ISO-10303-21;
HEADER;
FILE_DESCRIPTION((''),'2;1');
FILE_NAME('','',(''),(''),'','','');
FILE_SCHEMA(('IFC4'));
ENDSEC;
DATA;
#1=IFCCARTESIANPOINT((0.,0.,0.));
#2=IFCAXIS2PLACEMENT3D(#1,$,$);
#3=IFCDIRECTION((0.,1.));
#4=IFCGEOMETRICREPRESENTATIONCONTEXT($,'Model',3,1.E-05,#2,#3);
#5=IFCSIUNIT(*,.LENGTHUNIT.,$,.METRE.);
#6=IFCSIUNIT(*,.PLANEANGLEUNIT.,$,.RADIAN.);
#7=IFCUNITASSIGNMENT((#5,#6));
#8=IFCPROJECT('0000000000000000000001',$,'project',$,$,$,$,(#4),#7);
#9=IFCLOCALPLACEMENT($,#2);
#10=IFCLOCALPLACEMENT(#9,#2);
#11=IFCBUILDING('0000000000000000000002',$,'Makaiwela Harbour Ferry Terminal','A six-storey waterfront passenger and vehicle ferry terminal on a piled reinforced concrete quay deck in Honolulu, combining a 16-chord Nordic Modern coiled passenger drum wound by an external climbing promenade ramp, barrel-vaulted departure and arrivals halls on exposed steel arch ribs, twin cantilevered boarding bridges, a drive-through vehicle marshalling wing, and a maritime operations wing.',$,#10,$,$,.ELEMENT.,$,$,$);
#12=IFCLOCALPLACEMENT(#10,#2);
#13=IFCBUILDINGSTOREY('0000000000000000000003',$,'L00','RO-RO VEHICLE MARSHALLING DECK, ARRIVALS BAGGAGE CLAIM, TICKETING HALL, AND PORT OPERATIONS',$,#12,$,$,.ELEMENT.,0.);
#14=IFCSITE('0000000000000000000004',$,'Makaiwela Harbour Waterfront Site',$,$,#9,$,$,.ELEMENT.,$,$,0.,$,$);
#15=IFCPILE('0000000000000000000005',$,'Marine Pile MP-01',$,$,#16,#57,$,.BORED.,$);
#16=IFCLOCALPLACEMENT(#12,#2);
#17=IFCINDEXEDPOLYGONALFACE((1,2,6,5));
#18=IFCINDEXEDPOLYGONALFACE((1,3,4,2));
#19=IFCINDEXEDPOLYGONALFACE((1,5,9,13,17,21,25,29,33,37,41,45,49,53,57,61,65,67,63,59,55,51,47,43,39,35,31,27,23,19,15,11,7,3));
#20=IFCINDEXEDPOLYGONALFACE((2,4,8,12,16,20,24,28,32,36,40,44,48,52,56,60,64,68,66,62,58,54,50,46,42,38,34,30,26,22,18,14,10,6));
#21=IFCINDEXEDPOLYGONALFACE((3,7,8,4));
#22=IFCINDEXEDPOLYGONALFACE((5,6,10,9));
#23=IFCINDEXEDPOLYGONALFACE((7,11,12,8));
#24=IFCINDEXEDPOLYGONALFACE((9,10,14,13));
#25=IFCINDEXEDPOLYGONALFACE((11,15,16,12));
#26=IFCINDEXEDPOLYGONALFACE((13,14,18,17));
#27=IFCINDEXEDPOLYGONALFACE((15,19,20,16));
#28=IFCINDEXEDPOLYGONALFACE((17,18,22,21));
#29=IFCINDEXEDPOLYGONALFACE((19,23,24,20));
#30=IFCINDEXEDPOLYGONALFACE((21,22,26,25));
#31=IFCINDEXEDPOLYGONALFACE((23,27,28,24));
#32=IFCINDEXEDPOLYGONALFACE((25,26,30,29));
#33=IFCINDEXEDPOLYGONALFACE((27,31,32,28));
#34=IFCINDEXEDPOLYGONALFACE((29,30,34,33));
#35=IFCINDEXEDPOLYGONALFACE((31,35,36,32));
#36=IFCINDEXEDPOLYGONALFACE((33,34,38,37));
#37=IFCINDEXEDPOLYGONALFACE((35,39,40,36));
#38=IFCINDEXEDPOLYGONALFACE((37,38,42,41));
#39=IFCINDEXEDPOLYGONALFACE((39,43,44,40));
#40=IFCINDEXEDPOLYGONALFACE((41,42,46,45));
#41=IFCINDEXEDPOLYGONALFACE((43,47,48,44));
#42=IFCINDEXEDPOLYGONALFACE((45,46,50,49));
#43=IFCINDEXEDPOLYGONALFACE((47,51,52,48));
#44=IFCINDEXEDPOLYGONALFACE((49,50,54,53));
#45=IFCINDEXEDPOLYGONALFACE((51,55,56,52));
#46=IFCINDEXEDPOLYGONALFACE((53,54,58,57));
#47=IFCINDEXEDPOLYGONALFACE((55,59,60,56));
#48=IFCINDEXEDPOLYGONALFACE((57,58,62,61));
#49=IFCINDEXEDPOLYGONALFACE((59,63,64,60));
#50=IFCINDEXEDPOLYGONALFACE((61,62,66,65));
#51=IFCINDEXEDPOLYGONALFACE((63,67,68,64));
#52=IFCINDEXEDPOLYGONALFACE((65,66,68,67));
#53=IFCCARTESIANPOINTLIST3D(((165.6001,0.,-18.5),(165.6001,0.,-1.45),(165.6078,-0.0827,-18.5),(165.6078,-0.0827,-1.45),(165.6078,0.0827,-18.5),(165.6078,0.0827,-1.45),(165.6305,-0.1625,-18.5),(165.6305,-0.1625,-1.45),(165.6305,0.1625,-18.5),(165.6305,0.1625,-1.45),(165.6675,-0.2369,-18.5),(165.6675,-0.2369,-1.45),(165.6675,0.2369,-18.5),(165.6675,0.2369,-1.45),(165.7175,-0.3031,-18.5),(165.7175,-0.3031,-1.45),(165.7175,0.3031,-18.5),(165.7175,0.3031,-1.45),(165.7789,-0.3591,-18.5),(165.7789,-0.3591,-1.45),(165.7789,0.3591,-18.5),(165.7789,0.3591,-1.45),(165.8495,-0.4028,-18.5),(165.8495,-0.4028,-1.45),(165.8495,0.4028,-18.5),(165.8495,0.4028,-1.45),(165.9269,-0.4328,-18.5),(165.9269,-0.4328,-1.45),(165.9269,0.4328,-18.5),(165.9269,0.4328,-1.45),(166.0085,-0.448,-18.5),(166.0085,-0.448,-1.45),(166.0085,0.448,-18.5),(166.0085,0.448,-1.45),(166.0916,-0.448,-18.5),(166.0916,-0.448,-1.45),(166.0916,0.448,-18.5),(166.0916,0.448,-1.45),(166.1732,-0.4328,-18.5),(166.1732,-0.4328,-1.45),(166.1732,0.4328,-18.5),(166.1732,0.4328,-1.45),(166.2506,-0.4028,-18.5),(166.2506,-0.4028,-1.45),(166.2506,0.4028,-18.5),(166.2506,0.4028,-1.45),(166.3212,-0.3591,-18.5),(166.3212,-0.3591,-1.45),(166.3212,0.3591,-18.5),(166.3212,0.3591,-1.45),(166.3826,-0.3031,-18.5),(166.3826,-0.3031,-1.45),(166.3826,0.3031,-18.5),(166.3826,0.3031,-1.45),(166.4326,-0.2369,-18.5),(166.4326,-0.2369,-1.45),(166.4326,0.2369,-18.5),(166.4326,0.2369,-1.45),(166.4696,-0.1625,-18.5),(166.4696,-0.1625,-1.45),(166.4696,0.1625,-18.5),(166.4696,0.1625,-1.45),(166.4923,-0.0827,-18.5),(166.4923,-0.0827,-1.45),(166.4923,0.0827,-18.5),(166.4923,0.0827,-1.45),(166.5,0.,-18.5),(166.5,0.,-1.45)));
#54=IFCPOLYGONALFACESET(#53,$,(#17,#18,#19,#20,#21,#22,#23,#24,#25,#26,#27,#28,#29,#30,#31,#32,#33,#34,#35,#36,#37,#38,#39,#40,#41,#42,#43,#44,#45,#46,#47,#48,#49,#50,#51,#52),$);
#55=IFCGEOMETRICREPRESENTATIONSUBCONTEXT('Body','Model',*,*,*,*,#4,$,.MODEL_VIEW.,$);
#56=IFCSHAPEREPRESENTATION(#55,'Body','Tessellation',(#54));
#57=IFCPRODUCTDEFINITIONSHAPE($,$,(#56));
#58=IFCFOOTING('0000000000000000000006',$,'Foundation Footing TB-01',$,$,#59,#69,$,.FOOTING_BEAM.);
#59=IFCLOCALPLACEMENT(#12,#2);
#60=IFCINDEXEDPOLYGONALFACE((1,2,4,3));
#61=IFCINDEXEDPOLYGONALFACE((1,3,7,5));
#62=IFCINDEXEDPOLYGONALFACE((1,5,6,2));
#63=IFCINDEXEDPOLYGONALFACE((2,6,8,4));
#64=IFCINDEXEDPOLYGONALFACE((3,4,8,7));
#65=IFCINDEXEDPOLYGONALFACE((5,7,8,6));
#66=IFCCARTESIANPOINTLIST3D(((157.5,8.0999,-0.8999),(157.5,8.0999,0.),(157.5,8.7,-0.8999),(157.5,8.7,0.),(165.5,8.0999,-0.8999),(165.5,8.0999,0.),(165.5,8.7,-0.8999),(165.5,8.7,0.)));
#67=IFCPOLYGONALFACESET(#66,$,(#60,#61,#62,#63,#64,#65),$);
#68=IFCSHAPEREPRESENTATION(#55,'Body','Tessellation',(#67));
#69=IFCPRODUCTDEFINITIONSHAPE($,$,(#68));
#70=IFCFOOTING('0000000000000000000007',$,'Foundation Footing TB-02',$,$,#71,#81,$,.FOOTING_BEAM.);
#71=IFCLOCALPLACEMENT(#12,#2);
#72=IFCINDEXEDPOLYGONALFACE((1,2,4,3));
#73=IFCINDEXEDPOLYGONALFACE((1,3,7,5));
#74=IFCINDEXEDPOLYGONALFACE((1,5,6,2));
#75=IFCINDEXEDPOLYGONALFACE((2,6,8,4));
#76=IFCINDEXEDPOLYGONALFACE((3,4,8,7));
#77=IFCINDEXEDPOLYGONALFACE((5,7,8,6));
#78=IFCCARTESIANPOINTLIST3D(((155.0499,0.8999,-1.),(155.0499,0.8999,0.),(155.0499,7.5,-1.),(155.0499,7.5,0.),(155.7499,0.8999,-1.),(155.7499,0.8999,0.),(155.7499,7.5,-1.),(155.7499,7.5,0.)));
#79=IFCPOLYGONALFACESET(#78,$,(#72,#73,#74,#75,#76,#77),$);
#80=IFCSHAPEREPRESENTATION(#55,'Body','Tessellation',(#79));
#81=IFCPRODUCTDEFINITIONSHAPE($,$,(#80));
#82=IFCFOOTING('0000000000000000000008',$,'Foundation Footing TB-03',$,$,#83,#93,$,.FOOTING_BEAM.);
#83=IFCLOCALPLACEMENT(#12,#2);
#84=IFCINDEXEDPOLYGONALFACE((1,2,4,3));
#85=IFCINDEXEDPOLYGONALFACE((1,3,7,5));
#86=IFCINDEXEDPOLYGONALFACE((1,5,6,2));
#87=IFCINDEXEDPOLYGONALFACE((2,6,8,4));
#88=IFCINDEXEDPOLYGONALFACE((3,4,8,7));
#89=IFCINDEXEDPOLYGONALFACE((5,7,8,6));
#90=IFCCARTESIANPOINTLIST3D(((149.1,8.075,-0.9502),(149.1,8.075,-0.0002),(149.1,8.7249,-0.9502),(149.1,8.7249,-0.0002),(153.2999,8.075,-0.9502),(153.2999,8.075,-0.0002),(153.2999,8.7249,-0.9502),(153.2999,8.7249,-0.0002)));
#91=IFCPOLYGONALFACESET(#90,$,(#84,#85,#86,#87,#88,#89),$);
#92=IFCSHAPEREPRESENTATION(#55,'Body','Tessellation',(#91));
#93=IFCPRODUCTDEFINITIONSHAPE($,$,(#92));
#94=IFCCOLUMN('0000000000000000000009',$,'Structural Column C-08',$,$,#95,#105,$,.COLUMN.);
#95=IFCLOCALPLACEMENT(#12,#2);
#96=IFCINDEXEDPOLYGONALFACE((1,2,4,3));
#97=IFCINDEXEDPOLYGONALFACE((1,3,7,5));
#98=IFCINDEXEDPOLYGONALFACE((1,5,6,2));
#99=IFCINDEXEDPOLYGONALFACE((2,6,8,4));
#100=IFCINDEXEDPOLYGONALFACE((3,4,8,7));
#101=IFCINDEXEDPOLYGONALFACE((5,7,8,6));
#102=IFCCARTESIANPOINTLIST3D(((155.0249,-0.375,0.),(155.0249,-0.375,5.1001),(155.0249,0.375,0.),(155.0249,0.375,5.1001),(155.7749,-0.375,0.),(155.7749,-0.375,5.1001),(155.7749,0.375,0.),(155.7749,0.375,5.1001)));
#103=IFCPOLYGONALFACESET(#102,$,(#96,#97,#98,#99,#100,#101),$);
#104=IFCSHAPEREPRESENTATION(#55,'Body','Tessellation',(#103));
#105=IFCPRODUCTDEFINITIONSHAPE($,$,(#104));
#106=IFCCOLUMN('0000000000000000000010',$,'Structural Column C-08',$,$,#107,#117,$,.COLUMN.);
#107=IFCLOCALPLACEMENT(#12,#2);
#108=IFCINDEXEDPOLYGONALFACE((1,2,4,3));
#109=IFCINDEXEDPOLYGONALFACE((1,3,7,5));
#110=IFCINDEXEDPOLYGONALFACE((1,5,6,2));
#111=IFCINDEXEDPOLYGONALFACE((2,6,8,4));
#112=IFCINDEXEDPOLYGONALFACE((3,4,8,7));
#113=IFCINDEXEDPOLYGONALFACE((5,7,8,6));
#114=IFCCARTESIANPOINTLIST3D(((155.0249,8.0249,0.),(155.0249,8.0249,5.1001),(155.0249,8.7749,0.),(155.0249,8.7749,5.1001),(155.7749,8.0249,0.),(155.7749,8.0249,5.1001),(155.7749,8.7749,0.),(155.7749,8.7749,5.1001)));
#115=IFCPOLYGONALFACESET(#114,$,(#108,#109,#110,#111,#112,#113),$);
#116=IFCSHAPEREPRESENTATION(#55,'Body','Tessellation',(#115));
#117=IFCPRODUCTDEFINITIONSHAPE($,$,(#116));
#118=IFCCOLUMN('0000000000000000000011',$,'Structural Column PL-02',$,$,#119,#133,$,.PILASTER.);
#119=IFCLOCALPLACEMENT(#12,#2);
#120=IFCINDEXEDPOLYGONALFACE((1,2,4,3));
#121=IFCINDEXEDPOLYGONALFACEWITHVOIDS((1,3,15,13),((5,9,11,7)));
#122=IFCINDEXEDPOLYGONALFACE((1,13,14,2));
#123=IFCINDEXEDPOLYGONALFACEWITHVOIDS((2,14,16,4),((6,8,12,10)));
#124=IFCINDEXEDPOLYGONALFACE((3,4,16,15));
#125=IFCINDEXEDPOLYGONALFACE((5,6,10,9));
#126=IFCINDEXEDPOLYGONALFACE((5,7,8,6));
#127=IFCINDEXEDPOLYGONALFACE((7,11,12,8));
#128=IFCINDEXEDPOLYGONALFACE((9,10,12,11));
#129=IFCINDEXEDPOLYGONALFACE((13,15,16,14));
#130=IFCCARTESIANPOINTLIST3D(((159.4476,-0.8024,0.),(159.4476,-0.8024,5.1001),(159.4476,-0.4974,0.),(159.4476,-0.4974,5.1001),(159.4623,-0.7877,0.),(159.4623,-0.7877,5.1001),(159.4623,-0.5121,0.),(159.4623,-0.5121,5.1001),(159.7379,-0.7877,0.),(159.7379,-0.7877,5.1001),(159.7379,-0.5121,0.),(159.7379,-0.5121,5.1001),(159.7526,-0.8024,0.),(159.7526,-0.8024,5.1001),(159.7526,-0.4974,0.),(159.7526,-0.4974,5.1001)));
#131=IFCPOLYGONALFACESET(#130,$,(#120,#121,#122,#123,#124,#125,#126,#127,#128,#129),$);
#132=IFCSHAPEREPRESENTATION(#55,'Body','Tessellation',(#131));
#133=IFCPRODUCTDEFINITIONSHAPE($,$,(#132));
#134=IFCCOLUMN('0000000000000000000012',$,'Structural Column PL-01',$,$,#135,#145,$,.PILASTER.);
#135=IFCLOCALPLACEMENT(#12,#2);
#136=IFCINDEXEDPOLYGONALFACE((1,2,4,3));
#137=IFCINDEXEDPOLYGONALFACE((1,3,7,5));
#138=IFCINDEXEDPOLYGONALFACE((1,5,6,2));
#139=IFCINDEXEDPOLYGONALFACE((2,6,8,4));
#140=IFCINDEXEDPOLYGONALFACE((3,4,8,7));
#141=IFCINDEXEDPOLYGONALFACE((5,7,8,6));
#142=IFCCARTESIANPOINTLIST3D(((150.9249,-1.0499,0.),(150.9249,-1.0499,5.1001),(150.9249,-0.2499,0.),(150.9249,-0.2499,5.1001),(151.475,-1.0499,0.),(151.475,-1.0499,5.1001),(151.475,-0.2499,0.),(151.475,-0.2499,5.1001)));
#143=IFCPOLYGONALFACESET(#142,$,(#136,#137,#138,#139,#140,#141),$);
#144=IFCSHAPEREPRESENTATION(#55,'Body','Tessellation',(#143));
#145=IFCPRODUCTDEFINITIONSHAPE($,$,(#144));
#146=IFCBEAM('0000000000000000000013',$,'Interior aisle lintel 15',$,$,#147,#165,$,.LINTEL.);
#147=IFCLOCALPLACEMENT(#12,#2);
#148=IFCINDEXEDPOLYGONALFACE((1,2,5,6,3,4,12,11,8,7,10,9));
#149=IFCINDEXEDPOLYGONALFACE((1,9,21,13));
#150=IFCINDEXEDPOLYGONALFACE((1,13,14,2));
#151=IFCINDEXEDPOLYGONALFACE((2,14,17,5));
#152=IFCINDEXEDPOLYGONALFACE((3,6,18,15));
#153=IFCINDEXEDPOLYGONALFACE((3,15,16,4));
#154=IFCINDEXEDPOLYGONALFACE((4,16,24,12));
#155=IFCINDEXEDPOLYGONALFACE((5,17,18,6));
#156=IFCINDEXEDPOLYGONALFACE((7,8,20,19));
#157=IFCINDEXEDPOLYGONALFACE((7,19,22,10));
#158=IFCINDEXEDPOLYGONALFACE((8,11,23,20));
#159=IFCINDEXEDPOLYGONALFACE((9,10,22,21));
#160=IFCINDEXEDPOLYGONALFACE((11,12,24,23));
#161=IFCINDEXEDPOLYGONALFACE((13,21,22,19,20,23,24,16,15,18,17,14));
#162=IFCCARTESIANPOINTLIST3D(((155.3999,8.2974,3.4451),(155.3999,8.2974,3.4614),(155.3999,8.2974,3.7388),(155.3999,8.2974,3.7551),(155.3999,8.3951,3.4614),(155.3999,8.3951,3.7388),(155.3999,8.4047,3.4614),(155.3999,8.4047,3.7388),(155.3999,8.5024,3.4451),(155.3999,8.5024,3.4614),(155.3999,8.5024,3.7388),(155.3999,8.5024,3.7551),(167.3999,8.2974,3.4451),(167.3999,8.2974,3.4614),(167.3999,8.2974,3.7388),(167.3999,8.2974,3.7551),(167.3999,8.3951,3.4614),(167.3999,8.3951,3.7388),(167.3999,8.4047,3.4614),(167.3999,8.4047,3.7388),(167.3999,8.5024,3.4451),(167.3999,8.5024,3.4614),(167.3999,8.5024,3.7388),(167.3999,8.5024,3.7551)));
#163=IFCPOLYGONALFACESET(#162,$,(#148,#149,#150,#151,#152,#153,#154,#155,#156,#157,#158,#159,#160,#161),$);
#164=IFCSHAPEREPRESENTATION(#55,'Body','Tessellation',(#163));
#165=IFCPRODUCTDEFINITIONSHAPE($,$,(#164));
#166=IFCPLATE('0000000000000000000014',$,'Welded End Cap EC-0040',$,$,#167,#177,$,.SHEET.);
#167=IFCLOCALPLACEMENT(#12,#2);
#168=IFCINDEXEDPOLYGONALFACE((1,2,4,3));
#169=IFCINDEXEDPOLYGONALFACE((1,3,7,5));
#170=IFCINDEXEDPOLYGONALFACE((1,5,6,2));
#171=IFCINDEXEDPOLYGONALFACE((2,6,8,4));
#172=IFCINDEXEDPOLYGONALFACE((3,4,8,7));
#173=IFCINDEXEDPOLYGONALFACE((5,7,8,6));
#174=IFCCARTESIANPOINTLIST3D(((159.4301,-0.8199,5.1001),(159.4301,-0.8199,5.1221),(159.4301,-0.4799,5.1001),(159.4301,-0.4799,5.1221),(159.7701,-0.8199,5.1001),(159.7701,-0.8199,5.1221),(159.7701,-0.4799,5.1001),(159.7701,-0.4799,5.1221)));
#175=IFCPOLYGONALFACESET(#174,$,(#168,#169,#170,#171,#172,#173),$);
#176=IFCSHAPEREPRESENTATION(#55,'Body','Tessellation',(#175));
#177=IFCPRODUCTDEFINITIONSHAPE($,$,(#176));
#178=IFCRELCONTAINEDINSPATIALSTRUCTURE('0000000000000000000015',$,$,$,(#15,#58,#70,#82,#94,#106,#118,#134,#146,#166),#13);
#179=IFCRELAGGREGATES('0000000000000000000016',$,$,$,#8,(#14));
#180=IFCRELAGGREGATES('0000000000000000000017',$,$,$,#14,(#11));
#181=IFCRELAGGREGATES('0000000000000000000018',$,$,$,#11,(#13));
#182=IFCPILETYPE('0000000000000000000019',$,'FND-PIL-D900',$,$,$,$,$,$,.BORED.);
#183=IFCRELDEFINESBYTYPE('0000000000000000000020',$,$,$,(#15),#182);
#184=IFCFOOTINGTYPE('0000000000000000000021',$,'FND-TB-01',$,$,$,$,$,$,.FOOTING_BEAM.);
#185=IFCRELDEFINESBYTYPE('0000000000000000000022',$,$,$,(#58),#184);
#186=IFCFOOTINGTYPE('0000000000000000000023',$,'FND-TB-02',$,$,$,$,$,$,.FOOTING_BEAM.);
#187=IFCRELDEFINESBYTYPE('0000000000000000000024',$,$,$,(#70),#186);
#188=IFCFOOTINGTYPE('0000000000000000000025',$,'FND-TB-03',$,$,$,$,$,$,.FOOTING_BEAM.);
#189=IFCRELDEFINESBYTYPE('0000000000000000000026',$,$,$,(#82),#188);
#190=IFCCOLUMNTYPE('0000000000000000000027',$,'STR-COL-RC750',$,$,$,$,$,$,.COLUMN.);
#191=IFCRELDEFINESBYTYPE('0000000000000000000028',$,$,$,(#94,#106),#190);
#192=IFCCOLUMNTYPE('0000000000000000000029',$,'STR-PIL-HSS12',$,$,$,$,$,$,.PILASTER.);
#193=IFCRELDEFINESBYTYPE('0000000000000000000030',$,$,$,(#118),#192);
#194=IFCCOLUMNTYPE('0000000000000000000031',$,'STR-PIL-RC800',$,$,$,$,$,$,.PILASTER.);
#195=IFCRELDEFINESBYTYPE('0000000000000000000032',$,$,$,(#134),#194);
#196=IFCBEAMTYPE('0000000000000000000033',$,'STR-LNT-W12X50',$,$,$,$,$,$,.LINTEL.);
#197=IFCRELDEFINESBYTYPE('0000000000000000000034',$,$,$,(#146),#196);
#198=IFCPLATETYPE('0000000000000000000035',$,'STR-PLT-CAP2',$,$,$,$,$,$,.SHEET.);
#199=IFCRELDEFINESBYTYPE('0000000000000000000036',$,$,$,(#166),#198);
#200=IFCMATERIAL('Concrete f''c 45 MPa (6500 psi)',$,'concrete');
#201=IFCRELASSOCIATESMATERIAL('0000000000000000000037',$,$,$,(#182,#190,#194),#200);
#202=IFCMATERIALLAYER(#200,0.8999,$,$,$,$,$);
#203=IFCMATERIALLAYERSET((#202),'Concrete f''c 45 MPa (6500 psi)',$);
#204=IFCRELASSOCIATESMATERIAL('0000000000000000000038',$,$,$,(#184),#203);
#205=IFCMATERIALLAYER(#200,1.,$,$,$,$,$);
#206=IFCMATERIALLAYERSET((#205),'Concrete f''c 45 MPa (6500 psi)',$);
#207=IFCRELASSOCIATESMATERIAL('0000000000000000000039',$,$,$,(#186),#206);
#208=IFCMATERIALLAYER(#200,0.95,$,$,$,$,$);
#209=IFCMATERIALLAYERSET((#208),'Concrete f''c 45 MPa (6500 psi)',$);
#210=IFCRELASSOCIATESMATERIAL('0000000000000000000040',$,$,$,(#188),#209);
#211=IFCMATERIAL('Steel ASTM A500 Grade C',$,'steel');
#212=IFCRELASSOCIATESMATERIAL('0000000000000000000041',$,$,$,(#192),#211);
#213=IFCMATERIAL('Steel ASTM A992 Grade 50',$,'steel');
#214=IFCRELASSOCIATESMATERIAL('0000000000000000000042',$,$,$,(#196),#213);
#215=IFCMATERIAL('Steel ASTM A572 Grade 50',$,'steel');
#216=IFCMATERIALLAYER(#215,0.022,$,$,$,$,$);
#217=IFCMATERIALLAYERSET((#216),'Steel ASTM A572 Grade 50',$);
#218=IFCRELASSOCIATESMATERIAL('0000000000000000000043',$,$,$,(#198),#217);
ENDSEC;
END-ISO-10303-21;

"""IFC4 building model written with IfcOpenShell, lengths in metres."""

from ifc_helpers import new_model, si_unit, direction, frame, origin, origin_2d, place, context, subcontext, project, spatial, rectangle, hollow_rectangle, circle, i_section, extrude, material, layer, layer_set, material_profile, profile_set, type_object, element, save


model = new_model("IFC4")

# Units and contexts
model_context = context("Model", 3, precision=1e-05, world=origin(), true_north=direction((0.0, 1.0)))
body_context = subcontext(model_context, "Body", "Model", "MODEL_VIEW")
ifc_project = project(units=[si_unit("LENGTHUNIT", "METRE"), si_unit("PLANEANGLEUNIT", "RADIAN")], contexts=[model_context])

# Site, building, storey
site_placement = place(None, origin())
site = spatial("IfcSite", under=ifc_project, at=site_placement, Name="Makaiwela Harbour Waterfront Site", CompositionType="ELEMENT", RefElevation=0.0)
building_placement = place(site_placement, origin())
building = spatial("IfcBuilding", under=site, at=building_placement, Name="Makaiwela Harbour Ferry Terminal", Description="A six-storey waterfront passenger and vehicle ferry terminal on a piled reinforced concrete quay deck in Honolulu, combining a 16-chord Nordic Modern coiled passenger drum wound by an external climbing promenade ramp, barrel-vaulted departure and arrivals halls on exposed steel arch ribs, twin cantilevered boarding bridges, a drive-through vehicle marshalling wing, and a maritime operations wing.", CompositionType="ELEMENT")
storey_placement = place(building_placement, origin())
storey = spatial("IfcBuildingStorey", under=building, at=storey_placement, Name="L00", Description="RO-RO VEHICLE MARSHALLING DECK, ARRIVALS BAGGAGE CLAIM, TICKETING HALL, AND PORT OPERATIONS", CompositionType="ELEMENT", Elevation=0.0)

# Shared definitions
ifc_material_1 = material(Name="Concrete f'c 45 MPa (6500 psi)", Category="concrete")

# Pile
ifc_material_profile_1 = material_profile(ifc_material_1, circle(Radius=0.45, at=origin_2d()), Name="PILE-D900")
ifc_profile_set_1 = profile_set([ifc_material_profile_1], Name="Concrete f'c 45 MPa (6500 psi)")
pile_type_1 = type_object("IfcPileType", Name="FND-PIL-D900", PredefinedType="BORED", material=ifc_profile_set_1)
for number, where, z_axis, x_axis, name in (
    (1, (166.05, 0.0, -1.45), (0.0, 0.0, -1.0), (1.0, 0.0, 0.0), "Marine Pile MP-01"),
):
    element("IfcPile", number, at=place(storey_placement, frame(where, z_axis=z_axis, x_axis=x_axis)), inside=storey, type_object=pile_type_1, Name=name, PredefinedType="BORED", context=body_context, shape_type="SweptSolid", body=[
        extrude(circle(Radius=0.45, at=origin_2d()), origin(), (0.0, 0.0, 1.0), 17.05),
    ])

# Footings
ifc_layer_1 = layer(ifc_material_1, 0.8999)
ifc_layer_set_1 = layer_set([ifc_layer_1], Name="Concrete f'c 45 MPa (6500 psi)")
footing_type_1 = type_object("IfcFootingType", Name="FND-TB-01", PredefinedType="FOOTING_BEAM", material=ifc_layer_set_1)
footing_1_placement = place(storey_placement, frame((161.5, 8.3999, -0.8999), z_axis=(0.0, 0.0, 1.0), x_axis=(1.0, 0.0, 0.0)))
element("IfcFooting", 2, at=footing_1_placement, inside=storey, type_object=footing_type_1, Name="Foundation Footing TB-01", PredefinedType="FOOTING_BEAM", context=body_context, shape_type="SweptSolid", body=[
    extrude(rectangle(XDim=8.0, YDim=0.6001, at=origin_2d()), origin(), (0.0, 0.0, 1.0), 0.8999),
])
ifc_layer_2 = layer(ifc_material_1, 1.0)
ifc_layer_set_2 = layer_set([ifc_layer_2], Name="Concrete f'c 45 MPa (6500 psi)")
footing_type_2 = type_object("IfcFootingType", Name="FND-TB-02", PredefinedType="FOOTING_BEAM", material=ifc_layer_set_2)
footing_2_placement = place(storey_placement, frame((155.3999, 4.2, -1.0), z_axis=(0.0, 0.0, 1.0), x_axis=(0.0, 1.0, 0.0)))
element("IfcFooting", 3, at=footing_2_placement, inside=storey, type_object=footing_type_2, Name="Foundation Footing TB-02", PredefinedType="FOOTING_BEAM", context=body_context, shape_type="SweptSolid", body=[
    extrude(rectangle(XDim=6.6001, YDim=0.7, at=origin_2d()), origin(), (0.0, 0.0, 1.0), 1.0),
])
ifc_layer_3 = layer(ifc_material_1, 0.95)
ifc_layer_set_3 = layer_set([ifc_layer_3], Name="Concrete f'c 45 MPa (6500 psi)")
footing_type_3 = type_object("IfcFootingType", Name="FND-TB-03", PredefinedType="FOOTING_BEAM", material=ifc_layer_set_3)
footing_3_placement = place(storey_placement, frame((151.2, 8.3999, -0.9502), z_axis=(0.0, 0.0, 1.0), x_axis=(1.0, 0.0, 0.0)))
element("IfcFooting", 4, at=footing_3_placement, inside=storey, type_object=footing_type_3, Name="Foundation Footing TB-03", PredefinedType="FOOTING_BEAM", context=body_context, shape_type="SweptSolid", body=[
    extrude(rectangle(XDim=4.2, YDim=0.6499, at=origin_2d()), origin(), (0.0, 0.0, 1.0), 0.95),
])

# Columns
ifc_material_profile_2 = material_profile(ifc_material_1, rectangle(XDim=0.75, YDim=0.75, at=origin_2d()), Name="RC-750X750")
ifc_profile_set_2 = profile_set([ifc_material_profile_2], Name="Concrete f'c 45 MPa (6500 psi)")
column_type_1 = type_object("IfcColumnType", Name="STR-COL-RC750", PredefinedType="COLUMN", material=ifc_profile_set_2)
for number, where, z_axis, x_axis, name in (
    (5, (155.3999, 0.0, 0.0), (0.0, 0.0, 1.0), (1.0, 0.0, 0.0), "Structural Column C-08"),
    (6, (155.3999, 8.3999, 0.0), (0.0, 0.0, 1.0), (1.0, 0.0, 0.0), "Structural Column C-08"),
):
    element("IfcColumn", number, at=place(storey_placement, frame(where, z_axis=z_axis, x_axis=x_axis)), inside=storey, type_object=column_type_1, Name=name, PredefinedType="COLUMN", context=body_context, shape_type="SweptSolid", body=[
        extrude(rectangle(XDim=0.75, YDim=0.75, at=origin_2d()), origin(), (0.0, 0.0, 1.0), 5.1001),
    ])
ifc_material_2 = material(Name="Steel ASTM A500 Grade C", Category="steel")
ifc_material_profile_3 = material_profile(ifc_material_2, hollow_rectangle(XDim=0.3049, YDim=0.3049, WallThickness=0.0146, at=origin_2d()), Name="HSS12X12X5/8")
ifc_profile_set_3 = profile_set([ifc_material_profile_3], Name="Steel ASTM A500 Grade C")
column_type_2 = type_object("IfcColumnType", Name="STR-PIL-HSS12", PredefinedType="PILASTER", material=ifc_profile_set_3)
column_1_placement = place(storey_placement, frame((159.6001, -0.6499, 0.0), z_axis=(0.0, 0.0, 1.0), x_axis=(1.0, 0.0, 0.0)))
element("IfcColumn", 7, at=column_1_placement, inside=storey, type_object=column_type_2, Name="Structural Column PL-02", PredefinedType="PILASTER", context=body_context, shape_type="SweptSolid", body=[
    extrude(hollow_rectangle(XDim=0.3049, YDim=0.3049, WallThickness=0.0146, at=origin_2d()), origin(), (0.0, 0.0, 1.0), 5.1001),
])
ifc_material_profile_4 = material_profile(ifc_material_1, rectangle(XDim=0.55, YDim=0.8, at=origin_2d()), Name="RC-800X550")
ifc_profile_set_4 = profile_set([ifc_material_profile_4], Name="Concrete f'c 45 MPa (6500 psi)")
column_type_3 = type_object("IfcColumnType", Name="STR-PIL-RC800", PredefinedType="PILASTER", material=ifc_profile_set_4)
column_2_placement = place(storey_placement, frame((151.2, -0.6499, 0.0), z_axis=(0.0, 0.0, 1.0), x_axis=(1.0, 0.0, 0.0)))
element("IfcColumn", 8, at=column_2_placement, inside=storey, type_object=column_type_3, Name="Structural Column PL-01", PredefinedType="PILASTER", context=body_context, shape_type="SweptSolid", body=[
    extrude(rectangle(XDim=0.55, YDim=0.8, at=origin_2d()), origin(), (0.0, 0.0, 1.0), 5.1001),
])

# Beam
ifc_material_3 = material(Name="Steel ASTM A992 Grade 50", Category="steel")
ifc_material_profile_5 = material_profile(ifc_material_3, i_section(OverallWidth=0.2051, OverallDepth=0.3101, WebThickness=0.0095, FlangeThickness=0.0164, at=origin_2d()), Name="W12X50")
ifc_profile_set_5 = profile_set([ifc_material_profile_5], Name="Steel ASTM A992 Grade 50")
beam_type = type_object("IfcBeamType", Name="STR-LNT-W12X50", PredefinedType="LINTEL", material=ifc_profile_set_5)
beam_placement = place(storey_placement, frame((155.3999, 8.3999, 3.6001), z_axis=(1.0, 0.0, 0.0), x_axis=(0.0, 1.0, 0.0)))
element("IfcBeam", 9, at=beam_placement, inside=storey, type_object=beam_type, Name="Interior aisle lintel 15", PredefinedType="LINTEL", context=body_context, shape_type="SweptSolid", body=[
    extrude(i_section(OverallWidth=0.2051, OverallDepth=0.3101, WebThickness=0.0095, FlangeThickness=0.0164, at=origin_2d()), origin(), (0.0, 0.0, 1.0), 12.0),
])

# Plate
ifc_material_4 = material(Name="Steel ASTM A572 Grade 50", Category="steel")
ifc_layer_4 = layer(ifc_material_4, 0.022)
ifc_layer_set_4 = layer_set([ifc_layer_4], Name="Steel ASTM A572 Grade 50")
plate_type = type_object("IfcPlateType", Name="STR-PLT-CAP2", PredefinedType="SHEET", material=ifc_layer_set_4)
plate_placement = place(storey_placement, frame((159.6001, -0.6499, 5.1001), z_axis=(0.0, 0.0, 1.0), x_axis=(1.0, 0.0, 0.0)))
element("IfcPlate", 10, at=plate_placement, inside=storey, type_object=plate_type, Name="Welded End Cap EC-0040", PredefinedType="SHEET", context=body_context, shape_type="SweptSolid", body=[
    extrude(rectangle(XDim=0.3401, YDim=0.3401, at=origin_2d()), origin(), (0.0, 0.0, 1.0), 0.022),
])

save(model, "model.ifc")
